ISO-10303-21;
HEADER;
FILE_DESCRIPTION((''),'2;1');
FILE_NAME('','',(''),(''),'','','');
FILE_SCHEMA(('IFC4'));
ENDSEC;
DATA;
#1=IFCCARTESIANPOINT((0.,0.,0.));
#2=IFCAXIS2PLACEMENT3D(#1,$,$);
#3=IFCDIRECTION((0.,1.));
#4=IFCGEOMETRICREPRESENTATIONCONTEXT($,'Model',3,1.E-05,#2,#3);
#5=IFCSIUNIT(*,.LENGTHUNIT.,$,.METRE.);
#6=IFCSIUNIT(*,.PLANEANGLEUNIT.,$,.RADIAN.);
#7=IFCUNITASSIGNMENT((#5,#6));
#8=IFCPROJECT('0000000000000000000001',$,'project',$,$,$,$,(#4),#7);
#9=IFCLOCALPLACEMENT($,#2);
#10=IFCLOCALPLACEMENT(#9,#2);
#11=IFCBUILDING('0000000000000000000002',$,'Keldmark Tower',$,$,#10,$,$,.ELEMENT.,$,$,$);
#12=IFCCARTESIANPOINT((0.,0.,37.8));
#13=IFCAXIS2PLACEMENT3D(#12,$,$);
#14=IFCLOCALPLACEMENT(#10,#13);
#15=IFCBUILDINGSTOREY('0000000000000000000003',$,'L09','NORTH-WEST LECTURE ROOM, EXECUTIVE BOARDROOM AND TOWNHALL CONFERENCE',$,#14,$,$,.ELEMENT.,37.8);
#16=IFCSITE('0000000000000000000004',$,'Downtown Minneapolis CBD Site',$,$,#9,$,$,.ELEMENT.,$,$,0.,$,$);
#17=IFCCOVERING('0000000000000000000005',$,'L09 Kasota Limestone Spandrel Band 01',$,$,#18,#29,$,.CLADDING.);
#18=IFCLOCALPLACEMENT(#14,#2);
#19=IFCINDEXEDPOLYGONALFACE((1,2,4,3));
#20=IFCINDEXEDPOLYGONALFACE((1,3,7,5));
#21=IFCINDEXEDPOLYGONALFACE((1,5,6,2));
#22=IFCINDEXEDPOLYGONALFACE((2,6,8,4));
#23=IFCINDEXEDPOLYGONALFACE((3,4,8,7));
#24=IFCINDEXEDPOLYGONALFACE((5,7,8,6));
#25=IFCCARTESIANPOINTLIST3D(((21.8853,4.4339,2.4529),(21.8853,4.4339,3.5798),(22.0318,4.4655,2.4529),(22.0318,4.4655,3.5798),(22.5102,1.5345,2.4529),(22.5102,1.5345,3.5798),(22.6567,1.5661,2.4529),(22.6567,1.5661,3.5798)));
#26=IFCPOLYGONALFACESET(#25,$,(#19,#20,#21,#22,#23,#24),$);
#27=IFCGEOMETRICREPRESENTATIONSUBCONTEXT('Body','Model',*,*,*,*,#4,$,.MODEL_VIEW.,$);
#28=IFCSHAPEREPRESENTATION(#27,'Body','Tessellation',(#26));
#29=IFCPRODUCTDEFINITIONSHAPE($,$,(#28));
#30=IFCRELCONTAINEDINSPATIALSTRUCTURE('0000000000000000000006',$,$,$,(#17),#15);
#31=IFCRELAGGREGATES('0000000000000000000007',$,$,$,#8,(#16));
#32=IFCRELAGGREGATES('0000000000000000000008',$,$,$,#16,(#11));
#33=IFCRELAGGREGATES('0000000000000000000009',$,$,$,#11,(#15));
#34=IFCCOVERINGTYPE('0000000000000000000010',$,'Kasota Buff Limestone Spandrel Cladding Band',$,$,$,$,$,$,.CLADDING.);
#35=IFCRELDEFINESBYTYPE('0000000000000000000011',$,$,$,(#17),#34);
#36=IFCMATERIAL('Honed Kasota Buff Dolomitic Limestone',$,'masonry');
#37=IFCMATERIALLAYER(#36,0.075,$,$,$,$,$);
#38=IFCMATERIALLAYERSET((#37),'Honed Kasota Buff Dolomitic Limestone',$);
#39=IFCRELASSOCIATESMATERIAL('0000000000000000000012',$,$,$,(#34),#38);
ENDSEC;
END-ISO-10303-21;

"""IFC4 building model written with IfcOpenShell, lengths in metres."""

from ifc_helpers import new_model, si_unit, direction, frame, origin, origin_2d, place, context, subcontext, project, spatial, rectangle, extrude, material, layer, layer_set, type_object, element, save


model = new_model("IFC4")

# Units and contexts
model_context = context("Model", 3, precision=1e-05, world=origin(), true_north=direction((0.0, 1.0)))
body_context = subcontext(model_context, "Body", "Model", "MODEL_VIEW")
ifc_project = project(units=[si_unit("LENGTHUNIT", "METRE"), si_unit("PLANEANGLEUNIT", "RADIAN")], contexts=[model_context])

# Site, building, storey
site_placement = place(None, origin())
site = spatial("IfcSite", under=ifc_project, at=site_placement, Name="Downtown Minneapolis CBD Site", CompositionType="ELEMENT", RefElevation=0.0)
building_placement = place(site_placement, origin())
building = spatial("IfcBuilding", under=site, at=building_placement, Name="Keldmark Tower", CompositionType="ELEMENT")
storey_placement = place(building_placement, frame((0.0, 0.0, 37.8)))
storey = spatial("IfcBuildingStorey", under=building, at=storey_placement, Name="L09", Description="NORTH-WEST LECTURE ROOM, EXECUTIVE BOARDROOM AND TOWNHALL CONFERENCE", CompositionType="ELEMENT", Elevation=37.8)

# Covering
ifc_material_1 = material(Name="Honed Kasota Buff Dolomitic Limestone", Category="masonry")
ifc_layer_1 = layer(ifc_material_1, 0.075)
ifc_layer_set_1 = layer_set([ifc_layer_1], Name="Honed Kasota Buff Dolomitic Limestone")
covering_type = type_object("IfcCoveringType", Name="Kasota Buff Limestone Spandrel Cladding Band", PredefinedType="CLADDING", material=ifc_layer_set_1)
covering_placement = place(storey_placement, frame((22.271, 3.0, 2.4529), z_axis=(0.0, 0.0, 1.0), x_axis=(-0.210694, 0.977552, 0.0)))
element("IfcCovering", 1, at=covering_placement, inside=storey, type_object=covering_type, Name="L09 Kasota Limestone Spandrel Band 01", PredefinedType="CLADDING", context=body_context, shape_type="SweptSolid", body=[
    extrude(rectangle(XDim=2.9661, YDim=0.1499, at=origin_2d()), origin(), (0.0, 0.0, 1.0), 1.127),
])

save(model, "model.ifc")
